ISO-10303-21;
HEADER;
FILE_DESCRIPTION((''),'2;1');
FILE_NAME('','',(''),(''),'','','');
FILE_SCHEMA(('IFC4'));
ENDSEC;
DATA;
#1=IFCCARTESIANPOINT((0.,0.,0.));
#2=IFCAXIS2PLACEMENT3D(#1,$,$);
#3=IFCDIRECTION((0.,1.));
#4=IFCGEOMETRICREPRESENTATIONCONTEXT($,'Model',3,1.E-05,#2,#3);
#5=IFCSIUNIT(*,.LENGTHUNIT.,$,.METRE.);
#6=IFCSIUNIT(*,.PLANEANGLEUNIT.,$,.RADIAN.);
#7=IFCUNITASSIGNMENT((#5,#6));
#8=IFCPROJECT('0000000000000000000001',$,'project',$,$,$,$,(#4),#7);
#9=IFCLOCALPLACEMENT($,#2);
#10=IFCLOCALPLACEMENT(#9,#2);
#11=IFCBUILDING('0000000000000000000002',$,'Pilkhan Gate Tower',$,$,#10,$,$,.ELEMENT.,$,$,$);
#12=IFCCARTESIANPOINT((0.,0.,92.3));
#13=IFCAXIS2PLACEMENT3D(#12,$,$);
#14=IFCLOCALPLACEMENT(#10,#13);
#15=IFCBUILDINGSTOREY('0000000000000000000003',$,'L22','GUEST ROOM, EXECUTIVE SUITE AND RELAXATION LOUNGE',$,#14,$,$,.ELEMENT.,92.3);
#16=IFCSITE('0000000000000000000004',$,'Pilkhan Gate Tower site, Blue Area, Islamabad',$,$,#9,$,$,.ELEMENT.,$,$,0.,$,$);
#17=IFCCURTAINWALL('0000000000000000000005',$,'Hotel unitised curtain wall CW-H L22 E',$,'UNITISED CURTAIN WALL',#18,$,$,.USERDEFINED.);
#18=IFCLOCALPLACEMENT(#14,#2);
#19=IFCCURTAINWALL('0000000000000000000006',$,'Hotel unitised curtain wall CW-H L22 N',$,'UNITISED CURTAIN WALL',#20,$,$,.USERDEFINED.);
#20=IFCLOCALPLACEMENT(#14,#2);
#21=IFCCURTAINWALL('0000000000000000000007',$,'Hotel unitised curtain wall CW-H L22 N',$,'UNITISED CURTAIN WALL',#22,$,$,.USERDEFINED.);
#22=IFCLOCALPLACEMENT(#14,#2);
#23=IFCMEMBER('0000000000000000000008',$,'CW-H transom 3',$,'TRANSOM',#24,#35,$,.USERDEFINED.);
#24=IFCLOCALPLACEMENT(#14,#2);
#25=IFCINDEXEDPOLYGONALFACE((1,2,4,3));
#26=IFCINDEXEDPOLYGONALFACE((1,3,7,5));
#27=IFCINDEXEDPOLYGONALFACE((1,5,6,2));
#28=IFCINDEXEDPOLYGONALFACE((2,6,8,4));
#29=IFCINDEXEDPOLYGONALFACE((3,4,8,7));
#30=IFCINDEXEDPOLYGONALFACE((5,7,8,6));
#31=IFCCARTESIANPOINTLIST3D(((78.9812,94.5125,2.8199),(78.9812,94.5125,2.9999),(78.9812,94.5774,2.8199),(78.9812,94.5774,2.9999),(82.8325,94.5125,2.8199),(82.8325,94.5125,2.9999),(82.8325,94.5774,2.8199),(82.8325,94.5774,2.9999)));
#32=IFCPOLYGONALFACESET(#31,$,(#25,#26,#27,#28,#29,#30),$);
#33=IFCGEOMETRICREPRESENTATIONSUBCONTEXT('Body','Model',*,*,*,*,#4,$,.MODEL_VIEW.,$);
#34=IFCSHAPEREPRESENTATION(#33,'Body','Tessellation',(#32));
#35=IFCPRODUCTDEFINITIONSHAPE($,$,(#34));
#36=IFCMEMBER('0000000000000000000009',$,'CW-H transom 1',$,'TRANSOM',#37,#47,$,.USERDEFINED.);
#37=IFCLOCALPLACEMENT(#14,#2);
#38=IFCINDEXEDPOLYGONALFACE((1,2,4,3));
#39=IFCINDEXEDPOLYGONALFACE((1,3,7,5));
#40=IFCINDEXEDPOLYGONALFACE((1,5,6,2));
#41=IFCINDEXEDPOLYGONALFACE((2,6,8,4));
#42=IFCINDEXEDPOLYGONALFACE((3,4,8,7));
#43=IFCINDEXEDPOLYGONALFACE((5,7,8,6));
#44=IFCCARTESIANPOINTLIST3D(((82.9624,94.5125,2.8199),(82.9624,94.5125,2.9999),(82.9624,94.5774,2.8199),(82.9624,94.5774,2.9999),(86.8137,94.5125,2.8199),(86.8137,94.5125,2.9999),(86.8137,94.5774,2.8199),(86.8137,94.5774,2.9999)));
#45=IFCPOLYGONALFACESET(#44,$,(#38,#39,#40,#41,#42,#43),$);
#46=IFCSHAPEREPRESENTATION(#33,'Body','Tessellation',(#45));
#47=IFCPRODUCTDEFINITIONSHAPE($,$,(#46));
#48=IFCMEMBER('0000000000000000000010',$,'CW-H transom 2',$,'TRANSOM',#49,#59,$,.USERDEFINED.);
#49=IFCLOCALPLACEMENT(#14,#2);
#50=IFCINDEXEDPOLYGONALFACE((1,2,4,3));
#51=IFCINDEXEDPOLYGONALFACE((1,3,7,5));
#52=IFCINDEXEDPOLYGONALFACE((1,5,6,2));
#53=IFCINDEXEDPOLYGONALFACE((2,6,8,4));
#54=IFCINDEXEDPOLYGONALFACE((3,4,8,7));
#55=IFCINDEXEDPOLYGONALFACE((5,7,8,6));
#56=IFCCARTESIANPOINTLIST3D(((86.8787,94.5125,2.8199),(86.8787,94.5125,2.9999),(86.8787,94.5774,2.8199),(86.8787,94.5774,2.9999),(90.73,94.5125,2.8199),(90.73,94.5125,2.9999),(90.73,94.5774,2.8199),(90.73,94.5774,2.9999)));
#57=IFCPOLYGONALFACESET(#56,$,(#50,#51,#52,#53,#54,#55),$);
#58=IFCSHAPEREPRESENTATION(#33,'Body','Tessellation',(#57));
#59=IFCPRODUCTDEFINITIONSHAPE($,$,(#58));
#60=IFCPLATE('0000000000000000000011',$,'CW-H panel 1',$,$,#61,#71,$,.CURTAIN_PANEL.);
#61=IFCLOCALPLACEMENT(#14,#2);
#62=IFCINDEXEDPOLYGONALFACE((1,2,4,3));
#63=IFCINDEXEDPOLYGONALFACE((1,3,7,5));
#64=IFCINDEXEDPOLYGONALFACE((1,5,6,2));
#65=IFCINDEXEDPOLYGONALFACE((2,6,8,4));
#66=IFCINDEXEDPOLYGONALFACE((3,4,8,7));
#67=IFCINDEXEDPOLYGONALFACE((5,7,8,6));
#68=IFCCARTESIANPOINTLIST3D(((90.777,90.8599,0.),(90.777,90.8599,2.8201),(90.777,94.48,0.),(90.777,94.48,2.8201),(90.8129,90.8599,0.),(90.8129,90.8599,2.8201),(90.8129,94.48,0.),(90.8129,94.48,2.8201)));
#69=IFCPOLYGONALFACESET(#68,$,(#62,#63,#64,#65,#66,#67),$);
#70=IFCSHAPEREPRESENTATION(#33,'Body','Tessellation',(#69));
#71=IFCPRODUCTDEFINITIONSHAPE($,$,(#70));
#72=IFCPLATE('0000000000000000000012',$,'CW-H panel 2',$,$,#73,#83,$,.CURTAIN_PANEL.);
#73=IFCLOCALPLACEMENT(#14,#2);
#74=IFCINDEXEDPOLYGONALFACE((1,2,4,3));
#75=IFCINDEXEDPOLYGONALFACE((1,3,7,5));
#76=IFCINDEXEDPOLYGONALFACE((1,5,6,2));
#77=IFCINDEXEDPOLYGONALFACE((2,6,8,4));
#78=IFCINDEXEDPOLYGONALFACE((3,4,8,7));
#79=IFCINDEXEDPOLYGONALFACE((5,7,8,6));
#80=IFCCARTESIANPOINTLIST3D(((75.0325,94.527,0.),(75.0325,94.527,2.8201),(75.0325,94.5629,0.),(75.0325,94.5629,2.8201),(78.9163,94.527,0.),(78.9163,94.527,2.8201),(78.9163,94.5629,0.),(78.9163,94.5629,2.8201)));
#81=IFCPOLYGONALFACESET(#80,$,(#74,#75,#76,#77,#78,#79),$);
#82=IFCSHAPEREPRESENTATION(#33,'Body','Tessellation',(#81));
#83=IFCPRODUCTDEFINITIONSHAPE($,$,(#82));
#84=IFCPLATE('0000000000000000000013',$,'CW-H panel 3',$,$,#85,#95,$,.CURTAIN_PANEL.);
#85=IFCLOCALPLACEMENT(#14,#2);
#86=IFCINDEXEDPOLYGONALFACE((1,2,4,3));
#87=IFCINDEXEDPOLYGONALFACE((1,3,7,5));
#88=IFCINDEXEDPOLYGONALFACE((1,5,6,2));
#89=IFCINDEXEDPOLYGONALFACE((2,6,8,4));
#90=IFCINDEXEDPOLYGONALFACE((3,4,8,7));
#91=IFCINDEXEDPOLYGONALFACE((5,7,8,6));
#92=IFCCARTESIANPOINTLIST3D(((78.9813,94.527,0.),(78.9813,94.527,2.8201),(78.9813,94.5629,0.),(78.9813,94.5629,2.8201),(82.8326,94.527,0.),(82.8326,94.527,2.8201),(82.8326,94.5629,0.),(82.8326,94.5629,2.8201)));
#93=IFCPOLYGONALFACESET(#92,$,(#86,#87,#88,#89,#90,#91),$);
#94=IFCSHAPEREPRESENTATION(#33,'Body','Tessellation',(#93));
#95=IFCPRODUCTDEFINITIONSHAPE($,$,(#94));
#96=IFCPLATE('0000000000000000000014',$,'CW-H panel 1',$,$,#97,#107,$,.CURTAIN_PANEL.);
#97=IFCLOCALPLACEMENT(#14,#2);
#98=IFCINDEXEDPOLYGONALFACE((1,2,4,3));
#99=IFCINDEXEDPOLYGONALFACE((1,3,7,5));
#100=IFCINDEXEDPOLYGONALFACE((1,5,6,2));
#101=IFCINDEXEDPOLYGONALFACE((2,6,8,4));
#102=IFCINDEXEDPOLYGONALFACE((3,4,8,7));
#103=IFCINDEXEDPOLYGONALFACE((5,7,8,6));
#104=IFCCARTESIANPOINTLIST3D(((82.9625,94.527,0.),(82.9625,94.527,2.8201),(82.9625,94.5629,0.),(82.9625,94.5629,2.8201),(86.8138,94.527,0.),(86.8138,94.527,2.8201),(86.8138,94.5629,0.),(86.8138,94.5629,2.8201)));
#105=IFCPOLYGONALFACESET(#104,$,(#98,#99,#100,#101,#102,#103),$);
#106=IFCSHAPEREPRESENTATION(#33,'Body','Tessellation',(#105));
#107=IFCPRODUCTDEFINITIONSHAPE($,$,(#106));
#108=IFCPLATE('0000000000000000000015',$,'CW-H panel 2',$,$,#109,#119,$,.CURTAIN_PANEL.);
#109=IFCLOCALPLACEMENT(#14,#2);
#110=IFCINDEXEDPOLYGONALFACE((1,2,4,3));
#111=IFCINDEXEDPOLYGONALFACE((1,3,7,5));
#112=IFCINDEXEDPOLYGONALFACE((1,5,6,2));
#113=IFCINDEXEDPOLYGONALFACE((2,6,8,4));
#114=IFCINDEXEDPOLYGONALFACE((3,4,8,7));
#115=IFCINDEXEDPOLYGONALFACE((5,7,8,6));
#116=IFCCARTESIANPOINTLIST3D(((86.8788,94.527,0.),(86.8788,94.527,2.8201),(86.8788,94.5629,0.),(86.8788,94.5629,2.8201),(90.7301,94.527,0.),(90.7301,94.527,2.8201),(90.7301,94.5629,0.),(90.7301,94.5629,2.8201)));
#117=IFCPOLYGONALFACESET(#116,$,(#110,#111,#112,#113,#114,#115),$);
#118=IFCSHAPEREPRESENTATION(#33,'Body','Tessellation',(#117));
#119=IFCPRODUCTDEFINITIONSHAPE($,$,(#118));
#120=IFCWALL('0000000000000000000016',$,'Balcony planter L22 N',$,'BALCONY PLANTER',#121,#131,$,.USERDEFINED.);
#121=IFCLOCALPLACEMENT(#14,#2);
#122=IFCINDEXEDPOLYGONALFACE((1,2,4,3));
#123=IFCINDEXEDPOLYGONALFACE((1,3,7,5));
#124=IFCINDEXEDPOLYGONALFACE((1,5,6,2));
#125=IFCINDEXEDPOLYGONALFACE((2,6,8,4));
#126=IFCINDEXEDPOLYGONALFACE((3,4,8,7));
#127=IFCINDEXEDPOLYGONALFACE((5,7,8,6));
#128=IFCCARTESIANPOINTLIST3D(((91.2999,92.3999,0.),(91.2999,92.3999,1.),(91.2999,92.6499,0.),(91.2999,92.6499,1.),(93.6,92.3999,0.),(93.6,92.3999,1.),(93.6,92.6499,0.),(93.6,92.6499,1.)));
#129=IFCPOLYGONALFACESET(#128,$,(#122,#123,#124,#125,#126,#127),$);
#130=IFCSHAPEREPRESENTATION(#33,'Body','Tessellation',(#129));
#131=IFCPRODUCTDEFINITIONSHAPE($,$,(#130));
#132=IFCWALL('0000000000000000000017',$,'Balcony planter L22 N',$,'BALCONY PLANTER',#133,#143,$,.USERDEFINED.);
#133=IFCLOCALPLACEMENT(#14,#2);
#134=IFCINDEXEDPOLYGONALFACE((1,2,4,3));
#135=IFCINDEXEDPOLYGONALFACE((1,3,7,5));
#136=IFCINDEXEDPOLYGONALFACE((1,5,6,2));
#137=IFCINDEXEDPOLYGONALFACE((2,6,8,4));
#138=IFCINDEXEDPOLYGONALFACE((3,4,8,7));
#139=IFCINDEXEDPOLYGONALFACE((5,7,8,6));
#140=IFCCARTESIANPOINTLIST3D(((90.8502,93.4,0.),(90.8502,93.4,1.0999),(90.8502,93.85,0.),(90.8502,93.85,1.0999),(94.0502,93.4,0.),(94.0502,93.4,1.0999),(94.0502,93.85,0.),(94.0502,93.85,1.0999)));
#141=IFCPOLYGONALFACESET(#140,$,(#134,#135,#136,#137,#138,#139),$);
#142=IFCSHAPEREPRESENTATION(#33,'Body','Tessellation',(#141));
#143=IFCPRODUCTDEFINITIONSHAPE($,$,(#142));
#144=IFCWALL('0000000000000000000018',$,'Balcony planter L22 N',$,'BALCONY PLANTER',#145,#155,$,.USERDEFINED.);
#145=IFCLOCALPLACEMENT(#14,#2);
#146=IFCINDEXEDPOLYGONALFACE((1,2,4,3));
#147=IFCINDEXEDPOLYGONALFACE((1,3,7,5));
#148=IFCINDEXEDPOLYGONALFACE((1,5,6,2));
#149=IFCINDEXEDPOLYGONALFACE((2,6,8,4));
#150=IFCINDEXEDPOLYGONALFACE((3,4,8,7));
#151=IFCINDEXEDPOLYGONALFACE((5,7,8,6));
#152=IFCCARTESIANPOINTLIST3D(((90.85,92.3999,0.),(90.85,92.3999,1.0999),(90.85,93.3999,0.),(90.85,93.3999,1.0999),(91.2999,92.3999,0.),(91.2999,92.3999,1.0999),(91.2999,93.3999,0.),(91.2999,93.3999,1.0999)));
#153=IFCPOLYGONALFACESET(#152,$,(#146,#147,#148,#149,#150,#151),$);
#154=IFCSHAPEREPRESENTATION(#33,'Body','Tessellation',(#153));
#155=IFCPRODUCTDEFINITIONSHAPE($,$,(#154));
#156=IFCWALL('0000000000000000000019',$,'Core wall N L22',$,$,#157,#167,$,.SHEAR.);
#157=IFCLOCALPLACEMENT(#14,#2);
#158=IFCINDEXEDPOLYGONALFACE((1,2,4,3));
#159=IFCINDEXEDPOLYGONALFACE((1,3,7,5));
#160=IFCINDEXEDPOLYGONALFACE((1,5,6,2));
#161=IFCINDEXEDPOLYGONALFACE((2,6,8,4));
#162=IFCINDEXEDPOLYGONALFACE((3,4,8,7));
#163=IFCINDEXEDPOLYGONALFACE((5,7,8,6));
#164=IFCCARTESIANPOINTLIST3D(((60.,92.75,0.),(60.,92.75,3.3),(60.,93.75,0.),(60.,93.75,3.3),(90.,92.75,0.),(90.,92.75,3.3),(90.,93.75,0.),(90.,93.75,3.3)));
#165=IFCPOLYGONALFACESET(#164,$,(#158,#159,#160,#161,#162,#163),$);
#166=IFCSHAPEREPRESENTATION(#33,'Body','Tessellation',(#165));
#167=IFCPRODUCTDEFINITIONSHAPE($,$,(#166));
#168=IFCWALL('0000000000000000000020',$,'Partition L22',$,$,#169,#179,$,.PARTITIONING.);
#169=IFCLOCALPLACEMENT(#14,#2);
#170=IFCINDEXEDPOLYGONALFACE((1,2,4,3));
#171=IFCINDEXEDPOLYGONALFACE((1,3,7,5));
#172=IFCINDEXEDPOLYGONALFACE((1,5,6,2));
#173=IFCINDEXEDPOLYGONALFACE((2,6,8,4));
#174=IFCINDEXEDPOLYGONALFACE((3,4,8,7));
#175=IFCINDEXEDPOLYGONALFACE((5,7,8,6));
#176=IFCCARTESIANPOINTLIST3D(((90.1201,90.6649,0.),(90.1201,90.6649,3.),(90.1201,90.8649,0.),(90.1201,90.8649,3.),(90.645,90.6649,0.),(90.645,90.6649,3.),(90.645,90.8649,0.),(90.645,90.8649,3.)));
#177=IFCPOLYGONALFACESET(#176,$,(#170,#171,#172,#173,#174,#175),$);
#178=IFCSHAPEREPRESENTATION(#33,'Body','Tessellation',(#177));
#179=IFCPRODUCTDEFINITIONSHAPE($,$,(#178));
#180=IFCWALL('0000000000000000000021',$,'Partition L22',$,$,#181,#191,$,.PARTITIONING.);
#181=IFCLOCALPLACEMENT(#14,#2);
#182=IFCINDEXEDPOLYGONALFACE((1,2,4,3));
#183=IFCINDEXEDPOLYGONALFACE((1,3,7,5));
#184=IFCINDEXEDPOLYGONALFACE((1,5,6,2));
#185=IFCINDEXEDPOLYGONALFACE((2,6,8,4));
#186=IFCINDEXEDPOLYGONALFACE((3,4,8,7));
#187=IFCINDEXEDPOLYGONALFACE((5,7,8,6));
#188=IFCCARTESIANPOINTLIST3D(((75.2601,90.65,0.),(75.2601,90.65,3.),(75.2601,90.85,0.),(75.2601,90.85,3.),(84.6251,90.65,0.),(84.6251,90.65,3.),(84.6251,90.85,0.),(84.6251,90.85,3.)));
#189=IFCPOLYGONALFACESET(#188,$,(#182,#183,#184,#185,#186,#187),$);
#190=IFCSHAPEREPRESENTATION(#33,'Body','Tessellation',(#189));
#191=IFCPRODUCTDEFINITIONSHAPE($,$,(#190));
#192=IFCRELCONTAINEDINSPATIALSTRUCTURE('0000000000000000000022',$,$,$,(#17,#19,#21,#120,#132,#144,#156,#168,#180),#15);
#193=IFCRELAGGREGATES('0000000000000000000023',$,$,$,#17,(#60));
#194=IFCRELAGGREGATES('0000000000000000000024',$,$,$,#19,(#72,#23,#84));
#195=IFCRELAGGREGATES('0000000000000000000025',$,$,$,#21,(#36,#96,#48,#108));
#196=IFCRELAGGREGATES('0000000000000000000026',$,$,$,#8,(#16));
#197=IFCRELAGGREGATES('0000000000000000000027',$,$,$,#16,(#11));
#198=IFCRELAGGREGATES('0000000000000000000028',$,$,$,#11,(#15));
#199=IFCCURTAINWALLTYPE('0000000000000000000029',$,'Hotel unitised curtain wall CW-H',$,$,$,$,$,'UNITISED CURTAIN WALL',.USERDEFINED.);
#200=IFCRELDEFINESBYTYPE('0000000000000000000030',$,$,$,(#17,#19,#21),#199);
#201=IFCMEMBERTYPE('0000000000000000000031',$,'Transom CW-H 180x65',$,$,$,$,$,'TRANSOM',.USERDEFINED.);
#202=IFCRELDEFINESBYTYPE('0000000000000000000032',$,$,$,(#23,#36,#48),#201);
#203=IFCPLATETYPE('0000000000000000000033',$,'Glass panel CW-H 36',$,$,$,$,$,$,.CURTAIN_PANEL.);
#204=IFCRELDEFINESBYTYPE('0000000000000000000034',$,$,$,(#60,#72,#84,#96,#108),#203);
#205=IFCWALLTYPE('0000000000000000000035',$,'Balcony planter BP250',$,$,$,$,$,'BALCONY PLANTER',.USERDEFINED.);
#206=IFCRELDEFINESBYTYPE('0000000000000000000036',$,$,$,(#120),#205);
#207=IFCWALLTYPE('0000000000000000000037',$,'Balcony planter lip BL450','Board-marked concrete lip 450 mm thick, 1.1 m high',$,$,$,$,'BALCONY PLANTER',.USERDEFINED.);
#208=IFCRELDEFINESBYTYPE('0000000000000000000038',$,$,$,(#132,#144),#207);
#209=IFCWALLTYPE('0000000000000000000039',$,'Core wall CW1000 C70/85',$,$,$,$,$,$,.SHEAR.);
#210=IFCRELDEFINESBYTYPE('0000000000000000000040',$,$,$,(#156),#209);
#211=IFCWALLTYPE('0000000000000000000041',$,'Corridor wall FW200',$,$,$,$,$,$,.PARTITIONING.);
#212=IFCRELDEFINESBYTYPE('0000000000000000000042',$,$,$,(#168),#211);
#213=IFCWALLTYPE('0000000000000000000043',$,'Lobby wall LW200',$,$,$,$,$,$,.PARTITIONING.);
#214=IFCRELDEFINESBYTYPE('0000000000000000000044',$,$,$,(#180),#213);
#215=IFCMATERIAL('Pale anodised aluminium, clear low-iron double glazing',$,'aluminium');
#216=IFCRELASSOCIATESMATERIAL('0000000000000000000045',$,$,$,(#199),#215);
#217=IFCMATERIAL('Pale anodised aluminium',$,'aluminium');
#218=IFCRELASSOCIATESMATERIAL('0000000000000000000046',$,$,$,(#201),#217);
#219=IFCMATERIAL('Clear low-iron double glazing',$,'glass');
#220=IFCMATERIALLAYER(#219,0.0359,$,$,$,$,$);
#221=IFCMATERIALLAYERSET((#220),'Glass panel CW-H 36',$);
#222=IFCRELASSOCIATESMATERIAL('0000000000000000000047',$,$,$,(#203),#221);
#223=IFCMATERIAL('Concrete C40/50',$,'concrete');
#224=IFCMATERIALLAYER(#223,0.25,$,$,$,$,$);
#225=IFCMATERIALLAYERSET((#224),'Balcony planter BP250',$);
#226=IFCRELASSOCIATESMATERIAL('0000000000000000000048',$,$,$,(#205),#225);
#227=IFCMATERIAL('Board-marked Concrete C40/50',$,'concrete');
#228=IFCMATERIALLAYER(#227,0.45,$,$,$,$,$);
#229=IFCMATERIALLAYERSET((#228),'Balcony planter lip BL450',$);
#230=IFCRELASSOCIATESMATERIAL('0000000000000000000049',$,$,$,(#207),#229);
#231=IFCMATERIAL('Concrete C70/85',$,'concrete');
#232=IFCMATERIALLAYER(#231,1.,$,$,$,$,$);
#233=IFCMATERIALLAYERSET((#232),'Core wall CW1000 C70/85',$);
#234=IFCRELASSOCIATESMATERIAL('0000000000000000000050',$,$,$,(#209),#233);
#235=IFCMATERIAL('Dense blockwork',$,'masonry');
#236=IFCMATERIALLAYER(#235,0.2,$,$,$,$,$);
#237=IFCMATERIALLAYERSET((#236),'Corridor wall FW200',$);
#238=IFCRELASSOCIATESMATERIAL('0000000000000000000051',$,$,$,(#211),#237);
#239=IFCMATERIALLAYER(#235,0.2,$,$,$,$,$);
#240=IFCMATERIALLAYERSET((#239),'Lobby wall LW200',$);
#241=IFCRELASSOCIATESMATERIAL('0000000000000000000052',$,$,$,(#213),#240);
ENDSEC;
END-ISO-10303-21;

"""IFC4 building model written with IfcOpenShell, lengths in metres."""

from ifc_helpers import new_model, si_unit, direction, frame, frame_2d, origin, origin_2d, place, context, subcontext, project, spatial, rectangle, extrude, material, layer, layer_set, material_profile, profile_set, type_object, element, aggregate, save


model = new_model("IFC4")

# Units and contexts
model_context = context("Model", 3, precision=1e-05, world=origin(), true_north=direction((0.0, 1.0)))
body_context = subcontext(model_context, "Body", "Model", "MODEL_VIEW")
ifc_project = project(units=[si_unit("LENGTHUNIT", "METRE"), si_unit("PLANEANGLEUNIT", "RADIAN")], contexts=[model_context])

# Site, building, storey
site_placement = place(None, origin())
site = spatial("IfcSite", under=ifc_project, at=site_placement, Name="Pilkhan Gate Tower site, Blue Area, Islamabad", CompositionType="ELEMENT", RefElevation=0.0)
building_placement = place(site_placement, origin())
building = spatial("IfcBuilding", under=site, at=building_placement, Name="Pilkhan Gate Tower", CompositionType="ELEMENT")
storey_placement = place(building_placement, frame((0.0, 0.0, 92.3)))
storey = spatial("IfcBuildingStorey", under=building, at=storey_placement, Name="L22", Description="GUEST ROOM, EXECUTIVE SUITE AND RELAXATION LOUNGE", CompositionType="ELEMENT", Elevation=92.3)

# Shared definitions
ifc_material_1 = material(Name="Pale anodised aluminium, clear low-iron double glazing", Category="aluminium")
curtain_wall_type = type_object("IfcCurtainWallType", Name="Hotel unitised curtain wall CW-H", ElementType="UNITISED CURTAIN WALL", PredefinedType="USERDEFINED", material=ifc_material_1)
ifc_material_2 = material(Name="Pale anodised aluminium", Category="aluminium")

# Curtain walls
curtain_wall_1_placement = place(storey_placement, origin())
curtain_wall_1 = element("IfcCurtainWall", 1, at=curtain_wall_1_placement, inside=storey, type_object=curtain_wall_type, Name="Hotel unitised curtain wall CW-H L22 E", ObjectType="UNITISED CURTAIN WALL", PredefinedType="USERDEFINED")
curtain_wall_2_placement = place(storey_placement, origin())
curtain_wall_2 = element("IfcCurtainWall", 2, at=curtain_wall_2_placement, inside=storey, type_object=curtain_wall_type, Name="Hotel unitised curtain wall CW-H L22 N", ObjectType="UNITISED CURTAIN WALL", PredefinedType="USERDEFINED")
curtain_wall_3_placement = place(storey_placement, origin())
curtain_wall_3 = element("IfcCurtainWall", 3, at=curtain_wall_3_placement, inside=storey, type_object=curtain_wall_type, Name="Hotel unitised curtain wall CW-H L22 N", ObjectType="UNITISED CURTAIN WALL", PredefinedType="USERDEFINED")

# Members
ifc_material_profile_1 = material_profile(ifc_material_2, rectangle(XDim=0.0649, YDim=0.1799, at=origin_2d()), Name="Transom 180x65")
ifc_profile_set_1 = profile_set([ifc_material_profile_1], Name="Pale anodised aluminium")
member_type_1 = type_object("IfcMemberType", Name="Transom CW-H 180x65", ElementType="TRANSOM", PredefinedType="USERDEFINED", material=ifc_profile_set_1)
member_1_placement = place(storey_placement, frame((78.9812, 94.5449, 2.9099), z_axis=(1.0, 0.0, 0.0), x_axis=(0.0, 1.0, 0.0)))
member_1 = element("IfcMember", 4, at=member_1_placement, type_object=member_type_1, Name="CW-H transom 3", ObjectType="TRANSOM", PredefinedType="USERDEFINED", context=body_context, shape_type="SweptSolid", body=[
    extrude(rectangle(XDim=0.0649, YDim=0.1799, at=origin_2d()), origin(), (0.0, 0.0, 1.0), 3.8513),
])
member_2_placement = place(storey_placement, frame((82.9624, 94.5449, 2.9099), z_axis=(1.0, 0.0, 0.0), x_axis=(0.0, 1.0, 0.0)))
member_2 = element("IfcMember", 5, at=member_2_placement, type_object=member_type_1, Name="CW-H transom 1", ObjectType="TRANSOM", PredefinedType="USERDEFINED", context=body_context, shape_type="SweptSolid", body=[
    extrude(rectangle(XDim=0.0649, YDim=0.1799, at=origin_2d()), origin(), (0.0, 0.0, 1.0), 3.8513),
])
member_3_placement = place(storey_placement, frame((86.8787, 94.5449, 2.9099), z_axis=(1.0, 0.0, 0.0), x_axis=(0.0, 1.0, 0.0)))
member_3 = element("IfcMember", 6, at=member_3_placement, type_object=member_type_1, Name="CW-H transom 2", ObjectType="TRANSOM", PredefinedType="USERDEFINED", context=body_context, shape_type="SweptSolid", body=[
    extrude(rectangle(XDim=0.0649, YDim=0.1799, at=origin_2d()), origin(), (0.0, 0.0, 1.0), 3.8513),
])

# Plates
ifc_material_3 = material(Name="Clear low-iron double glazing", Category="glass")
ifc_layer_1 = layer(ifc_material_3, 0.0359)
ifc_layer_set_1 = layer_set([ifc_layer_1], Name="Glass panel CW-H 36")
plate_type = type_object("IfcPlateType", Name="Glass panel CW-H 36", PredefinedType="CURTAIN_PANEL", material=ifc_layer_set_1)
plate_1_placement = place(storey_placement, frame((90.7949, 92.6699, 0.0), z_axis=(0.0, 0.0, 1.0), x_axis=(0.0, 1.0, 0.0)))
plate_1 = element("IfcPlate", 7, at=plate_1_placement, type_object=plate_type, Name="CW-H panel 1", PredefinedType="CURTAIN_PANEL", context=body_context, shape_type="SweptSolid", body=[
    extrude(rectangle(XDim=3.6201, YDim=0.0359, at=origin_2d()), origin(), (0.0, 0.0, 1.0), 2.8201),
])
aggregate(curtain_wall_1, [plate_1])
plate_2_placement = place(storey_placement, frame((76.9744, 94.5449, 0.0), z_axis=(0.0, 0.0, 1.0), x_axis=(1.0, 0.0, 0.0)))
plate_2 = element("IfcPlate", 8, at=plate_2_placement, type_object=plate_type, Name="CW-H panel 2", PredefinedType="CURTAIN_PANEL", context=body_context, shape_type="SweptSolid", body=[
    extrude(rectangle(XDim=3.8838, YDim=0.0359, at=origin_2d()), origin(), (0.0, 0.0, 1.0), 2.8201),
])
plate_3_placement = place(storey_placement, frame((80.907, 94.5449, 0.0), z_axis=(0.0, 0.0, 1.0), x_axis=(1.0, 0.0, 0.0)))
plate_3 = element("IfcPlate", 9, at=plate_3_placement, type_object=plate_type, Name="CW-H panel 3", PredefinedType="CURTAIN_PANEL", context=body_context, shape_type="SweptSolid", body=[
    extrude(rectangle(XDim=3.8513, YDim=0.0359, at=origin_2d()), origin(), (0.0, 0.0, 1.0), 2.8201),
])
aggregate(curtain_wall_2, [plate_2, member_1, plate_3])
plate_4_placement = place(storey_placement, frame((84.8882, 94.5449, 0.0), z_axis=(0.0, 0.0, 1.0), x_axis=(1.0, 0.0, 0.0)))
plate_4 = element("IfcPlate", 10, at=plate_4_placement, type_object=plate_type, Name="CW-H panel 1", PredefinedType="CURTAIN_PANEL", context=body_context, shape_type="SweptSolid", body=[
    extrude(rectangle(XDim=3.8513, YDim=0.0359, at=origin_2d()), origin(), (0.0, 0.0, 1.0), 2.8201),
])
plate_5_placement = place(storey_placement, frame((88.8044, 94.5449, 0.0), z_axis=(0.0, 0.0, 1.0), x_axis=(1.0, 0.0, 0.0)))
plate_5 = element("IfcPlate", 11, at=plate_5_placement, type_object=plate_type, Name="CW-H panel 2", PredefinedType="CURTAIN_PANEL", context=body_context, shape_type="SweptSolid", body=[
    extrude(rectangle(XDim=3.8513, YDim=0.0359, at=origin_2d()), origin(), (0.0, 0.0, 1.0), 2.8201),
])
aggregate(curtain_wall_3, [member_2, plate_4, member_3, plate_5])

# Walls
ifc_material_4 = material(Name="Concrete C40/50", Category="concrete")
ifc_layer_2 = layer(ifc_material_4, 0.25)
ifc_layer_set_2 = layer_set([ifc_layer_2], Name="Balcony planter BP250")
wall_type_1 = type_object("IfcWallType", Name="Balcony planter BP250", ElementType="BALCONY PLANTER", PredefinedType="USERDEFINED", material=ifc_layer_set_2)
wall_1_placement = place(storey_placement, frame((91.3, 92.5249, 0.0), z_axis=(0.0, 0.0, 1.0), x_axis=(1.0, 0.0, 0.0)))
element("IfcWall", 12, at=wall_1_placement, inside=storey, type_object=wall_type_1, Name="Balcony planter L22 N", ObjectType="BALCONY PLANTER", PredefinedType="USERDEFINED", context=body_context, shape_type="SweptSolid", body=[
    extrude(rectangle(XDim=2.3, YDim=0.25, at=frame_2d((1.1499, 0.0))), origin(), (0.0, 0.0, 1.0), 1.0),
])
ifc_material_5 = material(Name="Board-marked Concrete C40/50", Category="concrete")
ifc_layer_3 = layer(ifc_material_5, 0.45)
ifc_layer_set_3 = layer_set([ifc_layer_3], Name="Balcony planter lip BL450")
wall_type_2 = type_object("IfcWallType", Name="Balcony planter lip BL450", Description="Board-marked concrete lip 450 mm thick, 1.1 m high", ElementType="BALCONY PLANTER", PredefinedType="USERDEFINED", material=ifc_layer_set_3)
wall_2_placement = place(storey_placement, frame((90.8501, 93.625, 0.0), z_axis=(0.0, 0.0, 1.0), x_axis=(1.0, 0.0, 0.0)))
element("IfcWall", 13, at=wall_2_placement, inside=storey, type_object=wall_type_2, Name="Balcony planter L22 N", ObjectType="BALCONY PLANTER", PredefinedType="USERDEFINED", context=body_context, shape_type="SweptSolid", body=[
    extrude(rectangle(XDim=3.2, YDim=0.45, at=frame_2d((1.6001, 0.0))), origin(), (0.0, 0.0, 1.0), 1.0999),
])
wall_3_placement = place(storey_placement, frame((91.075, 92.3999, 0.0), z_axis=(0.0, 0.0, 1.0), x_axis=(0.0, 1.0, 0.0)))
element("IfcWall", 14, at=wall_3_placement, inside=storey, type_object=wall_type_2, Name="Balcony planter L22 N", ObjectType="BALCONY PLANTER", PredefinedType="USERDEFINED", context=body_context, shape_type="SweptSolid", body=[
    extrude(rectangle(XDim=1.0, YDim=0.45, at=frame_2d((0.5, 0.0))), origin(), (0.0, 0.0, 1.0), 1.0999),
])
ifc_material_6 = material(Name="Concrete C70/85", Category="concrete")
ifc_layer_4 = layer(ifc_material_6, 1.0)
ifc_layer_set_4 = layer_set([ifc_layer_4], Name="Core wall CW1000 C70/85")
wall_type_3 = type_object("IfcWallType", Name="Core wall CW1000 C70/85", PredefinedType="SHEAR", material=ifc_layer_set_4)
wall_4_placement = place(storey_placement, frame((90.0, 93.25, 0.0), z_axis=(0.0, 0.0, 1.0), x_axis=(-1.0, 0.0, 0.0)))
element("IfcWall", 15, at=wall_4_placement, inside=storey, type_object=wall_type_3, Name="Core wall N L22", PredefinedType="SHEAR", context=body_context, shape_type="SweptSolid", body=[
    extrude(rectangle(XDim=30.0, YDim=1.0, at=frame_2d((15.0, 0.0))), origin(), (0.0, 0.0, 1.0), 3.3),
])
ifc_material_7 = material(Name="Dense blockwork", Category="masonry")
ifc_layer_5 = layer(ifc_material_7, 0.2)
ifc_layer_set_5 = layer_set([ifc_layer_5], Name="Corridor wall FW200")
wall_type_4 = type_object("IfcWallType", Name="Corridor wall FW200", PredefinedType="PARTITIONING", material=ifc_layer_set_5)
wall_5_placement = place(storey_placement, frame((90.1201, 90.7649, 0.0), z_axis=(0.0, 0.0, 1.0), x_axis=(1.0, 0.0, 0.0)))
element("IfcWall", 16, at=wall_5_placement, inside=storey, type_object=wall_type_4, Name="Partition L22", PredefinedType="PARTITIONING", context=body_context, shape_type="SweptSolid", body=[
    extrude(rectangle(XDim=0.5249, YDim=0.2, at=frame_2d((0.2625, 0.0))), origin(), (0.0, 0.0, 1.0), 3.0),
])

# Wall
ifc_layer_6 = layer(ifc_material_7, 0.2)
ifc_layer_set_6 = layer_set([ifc_layer_6], Name="Lobby wall LW200")
wall_type_5 = type_object("IfcWallType", Name="Lobby wall LW200", PredefinedType="PARTITIONING", material=ifc_layer_set_6)
wall_6_placement = place(storey_placement, frame((75.26, 90.75, 0.0), z_axis=(0.0, 0.0, 1.0), x_axis=(1.0, 0.0, 0.0)))
element("IfcWall", 17, at=wall_6_placement, inside=storey, type_object=wall_type_5, Name="Partition L22", PredefinedType="PARTITIONING", context=body_context, shape_type="SweptSolid", body=[
    extrude(rectangle(XDim=9.365, YDim=0.2, at=frame_2d((4.6826, 0.0))), origin(), (0.0, 0.0, 1.0), 3.0),
])

save(model, "model.ifc")
